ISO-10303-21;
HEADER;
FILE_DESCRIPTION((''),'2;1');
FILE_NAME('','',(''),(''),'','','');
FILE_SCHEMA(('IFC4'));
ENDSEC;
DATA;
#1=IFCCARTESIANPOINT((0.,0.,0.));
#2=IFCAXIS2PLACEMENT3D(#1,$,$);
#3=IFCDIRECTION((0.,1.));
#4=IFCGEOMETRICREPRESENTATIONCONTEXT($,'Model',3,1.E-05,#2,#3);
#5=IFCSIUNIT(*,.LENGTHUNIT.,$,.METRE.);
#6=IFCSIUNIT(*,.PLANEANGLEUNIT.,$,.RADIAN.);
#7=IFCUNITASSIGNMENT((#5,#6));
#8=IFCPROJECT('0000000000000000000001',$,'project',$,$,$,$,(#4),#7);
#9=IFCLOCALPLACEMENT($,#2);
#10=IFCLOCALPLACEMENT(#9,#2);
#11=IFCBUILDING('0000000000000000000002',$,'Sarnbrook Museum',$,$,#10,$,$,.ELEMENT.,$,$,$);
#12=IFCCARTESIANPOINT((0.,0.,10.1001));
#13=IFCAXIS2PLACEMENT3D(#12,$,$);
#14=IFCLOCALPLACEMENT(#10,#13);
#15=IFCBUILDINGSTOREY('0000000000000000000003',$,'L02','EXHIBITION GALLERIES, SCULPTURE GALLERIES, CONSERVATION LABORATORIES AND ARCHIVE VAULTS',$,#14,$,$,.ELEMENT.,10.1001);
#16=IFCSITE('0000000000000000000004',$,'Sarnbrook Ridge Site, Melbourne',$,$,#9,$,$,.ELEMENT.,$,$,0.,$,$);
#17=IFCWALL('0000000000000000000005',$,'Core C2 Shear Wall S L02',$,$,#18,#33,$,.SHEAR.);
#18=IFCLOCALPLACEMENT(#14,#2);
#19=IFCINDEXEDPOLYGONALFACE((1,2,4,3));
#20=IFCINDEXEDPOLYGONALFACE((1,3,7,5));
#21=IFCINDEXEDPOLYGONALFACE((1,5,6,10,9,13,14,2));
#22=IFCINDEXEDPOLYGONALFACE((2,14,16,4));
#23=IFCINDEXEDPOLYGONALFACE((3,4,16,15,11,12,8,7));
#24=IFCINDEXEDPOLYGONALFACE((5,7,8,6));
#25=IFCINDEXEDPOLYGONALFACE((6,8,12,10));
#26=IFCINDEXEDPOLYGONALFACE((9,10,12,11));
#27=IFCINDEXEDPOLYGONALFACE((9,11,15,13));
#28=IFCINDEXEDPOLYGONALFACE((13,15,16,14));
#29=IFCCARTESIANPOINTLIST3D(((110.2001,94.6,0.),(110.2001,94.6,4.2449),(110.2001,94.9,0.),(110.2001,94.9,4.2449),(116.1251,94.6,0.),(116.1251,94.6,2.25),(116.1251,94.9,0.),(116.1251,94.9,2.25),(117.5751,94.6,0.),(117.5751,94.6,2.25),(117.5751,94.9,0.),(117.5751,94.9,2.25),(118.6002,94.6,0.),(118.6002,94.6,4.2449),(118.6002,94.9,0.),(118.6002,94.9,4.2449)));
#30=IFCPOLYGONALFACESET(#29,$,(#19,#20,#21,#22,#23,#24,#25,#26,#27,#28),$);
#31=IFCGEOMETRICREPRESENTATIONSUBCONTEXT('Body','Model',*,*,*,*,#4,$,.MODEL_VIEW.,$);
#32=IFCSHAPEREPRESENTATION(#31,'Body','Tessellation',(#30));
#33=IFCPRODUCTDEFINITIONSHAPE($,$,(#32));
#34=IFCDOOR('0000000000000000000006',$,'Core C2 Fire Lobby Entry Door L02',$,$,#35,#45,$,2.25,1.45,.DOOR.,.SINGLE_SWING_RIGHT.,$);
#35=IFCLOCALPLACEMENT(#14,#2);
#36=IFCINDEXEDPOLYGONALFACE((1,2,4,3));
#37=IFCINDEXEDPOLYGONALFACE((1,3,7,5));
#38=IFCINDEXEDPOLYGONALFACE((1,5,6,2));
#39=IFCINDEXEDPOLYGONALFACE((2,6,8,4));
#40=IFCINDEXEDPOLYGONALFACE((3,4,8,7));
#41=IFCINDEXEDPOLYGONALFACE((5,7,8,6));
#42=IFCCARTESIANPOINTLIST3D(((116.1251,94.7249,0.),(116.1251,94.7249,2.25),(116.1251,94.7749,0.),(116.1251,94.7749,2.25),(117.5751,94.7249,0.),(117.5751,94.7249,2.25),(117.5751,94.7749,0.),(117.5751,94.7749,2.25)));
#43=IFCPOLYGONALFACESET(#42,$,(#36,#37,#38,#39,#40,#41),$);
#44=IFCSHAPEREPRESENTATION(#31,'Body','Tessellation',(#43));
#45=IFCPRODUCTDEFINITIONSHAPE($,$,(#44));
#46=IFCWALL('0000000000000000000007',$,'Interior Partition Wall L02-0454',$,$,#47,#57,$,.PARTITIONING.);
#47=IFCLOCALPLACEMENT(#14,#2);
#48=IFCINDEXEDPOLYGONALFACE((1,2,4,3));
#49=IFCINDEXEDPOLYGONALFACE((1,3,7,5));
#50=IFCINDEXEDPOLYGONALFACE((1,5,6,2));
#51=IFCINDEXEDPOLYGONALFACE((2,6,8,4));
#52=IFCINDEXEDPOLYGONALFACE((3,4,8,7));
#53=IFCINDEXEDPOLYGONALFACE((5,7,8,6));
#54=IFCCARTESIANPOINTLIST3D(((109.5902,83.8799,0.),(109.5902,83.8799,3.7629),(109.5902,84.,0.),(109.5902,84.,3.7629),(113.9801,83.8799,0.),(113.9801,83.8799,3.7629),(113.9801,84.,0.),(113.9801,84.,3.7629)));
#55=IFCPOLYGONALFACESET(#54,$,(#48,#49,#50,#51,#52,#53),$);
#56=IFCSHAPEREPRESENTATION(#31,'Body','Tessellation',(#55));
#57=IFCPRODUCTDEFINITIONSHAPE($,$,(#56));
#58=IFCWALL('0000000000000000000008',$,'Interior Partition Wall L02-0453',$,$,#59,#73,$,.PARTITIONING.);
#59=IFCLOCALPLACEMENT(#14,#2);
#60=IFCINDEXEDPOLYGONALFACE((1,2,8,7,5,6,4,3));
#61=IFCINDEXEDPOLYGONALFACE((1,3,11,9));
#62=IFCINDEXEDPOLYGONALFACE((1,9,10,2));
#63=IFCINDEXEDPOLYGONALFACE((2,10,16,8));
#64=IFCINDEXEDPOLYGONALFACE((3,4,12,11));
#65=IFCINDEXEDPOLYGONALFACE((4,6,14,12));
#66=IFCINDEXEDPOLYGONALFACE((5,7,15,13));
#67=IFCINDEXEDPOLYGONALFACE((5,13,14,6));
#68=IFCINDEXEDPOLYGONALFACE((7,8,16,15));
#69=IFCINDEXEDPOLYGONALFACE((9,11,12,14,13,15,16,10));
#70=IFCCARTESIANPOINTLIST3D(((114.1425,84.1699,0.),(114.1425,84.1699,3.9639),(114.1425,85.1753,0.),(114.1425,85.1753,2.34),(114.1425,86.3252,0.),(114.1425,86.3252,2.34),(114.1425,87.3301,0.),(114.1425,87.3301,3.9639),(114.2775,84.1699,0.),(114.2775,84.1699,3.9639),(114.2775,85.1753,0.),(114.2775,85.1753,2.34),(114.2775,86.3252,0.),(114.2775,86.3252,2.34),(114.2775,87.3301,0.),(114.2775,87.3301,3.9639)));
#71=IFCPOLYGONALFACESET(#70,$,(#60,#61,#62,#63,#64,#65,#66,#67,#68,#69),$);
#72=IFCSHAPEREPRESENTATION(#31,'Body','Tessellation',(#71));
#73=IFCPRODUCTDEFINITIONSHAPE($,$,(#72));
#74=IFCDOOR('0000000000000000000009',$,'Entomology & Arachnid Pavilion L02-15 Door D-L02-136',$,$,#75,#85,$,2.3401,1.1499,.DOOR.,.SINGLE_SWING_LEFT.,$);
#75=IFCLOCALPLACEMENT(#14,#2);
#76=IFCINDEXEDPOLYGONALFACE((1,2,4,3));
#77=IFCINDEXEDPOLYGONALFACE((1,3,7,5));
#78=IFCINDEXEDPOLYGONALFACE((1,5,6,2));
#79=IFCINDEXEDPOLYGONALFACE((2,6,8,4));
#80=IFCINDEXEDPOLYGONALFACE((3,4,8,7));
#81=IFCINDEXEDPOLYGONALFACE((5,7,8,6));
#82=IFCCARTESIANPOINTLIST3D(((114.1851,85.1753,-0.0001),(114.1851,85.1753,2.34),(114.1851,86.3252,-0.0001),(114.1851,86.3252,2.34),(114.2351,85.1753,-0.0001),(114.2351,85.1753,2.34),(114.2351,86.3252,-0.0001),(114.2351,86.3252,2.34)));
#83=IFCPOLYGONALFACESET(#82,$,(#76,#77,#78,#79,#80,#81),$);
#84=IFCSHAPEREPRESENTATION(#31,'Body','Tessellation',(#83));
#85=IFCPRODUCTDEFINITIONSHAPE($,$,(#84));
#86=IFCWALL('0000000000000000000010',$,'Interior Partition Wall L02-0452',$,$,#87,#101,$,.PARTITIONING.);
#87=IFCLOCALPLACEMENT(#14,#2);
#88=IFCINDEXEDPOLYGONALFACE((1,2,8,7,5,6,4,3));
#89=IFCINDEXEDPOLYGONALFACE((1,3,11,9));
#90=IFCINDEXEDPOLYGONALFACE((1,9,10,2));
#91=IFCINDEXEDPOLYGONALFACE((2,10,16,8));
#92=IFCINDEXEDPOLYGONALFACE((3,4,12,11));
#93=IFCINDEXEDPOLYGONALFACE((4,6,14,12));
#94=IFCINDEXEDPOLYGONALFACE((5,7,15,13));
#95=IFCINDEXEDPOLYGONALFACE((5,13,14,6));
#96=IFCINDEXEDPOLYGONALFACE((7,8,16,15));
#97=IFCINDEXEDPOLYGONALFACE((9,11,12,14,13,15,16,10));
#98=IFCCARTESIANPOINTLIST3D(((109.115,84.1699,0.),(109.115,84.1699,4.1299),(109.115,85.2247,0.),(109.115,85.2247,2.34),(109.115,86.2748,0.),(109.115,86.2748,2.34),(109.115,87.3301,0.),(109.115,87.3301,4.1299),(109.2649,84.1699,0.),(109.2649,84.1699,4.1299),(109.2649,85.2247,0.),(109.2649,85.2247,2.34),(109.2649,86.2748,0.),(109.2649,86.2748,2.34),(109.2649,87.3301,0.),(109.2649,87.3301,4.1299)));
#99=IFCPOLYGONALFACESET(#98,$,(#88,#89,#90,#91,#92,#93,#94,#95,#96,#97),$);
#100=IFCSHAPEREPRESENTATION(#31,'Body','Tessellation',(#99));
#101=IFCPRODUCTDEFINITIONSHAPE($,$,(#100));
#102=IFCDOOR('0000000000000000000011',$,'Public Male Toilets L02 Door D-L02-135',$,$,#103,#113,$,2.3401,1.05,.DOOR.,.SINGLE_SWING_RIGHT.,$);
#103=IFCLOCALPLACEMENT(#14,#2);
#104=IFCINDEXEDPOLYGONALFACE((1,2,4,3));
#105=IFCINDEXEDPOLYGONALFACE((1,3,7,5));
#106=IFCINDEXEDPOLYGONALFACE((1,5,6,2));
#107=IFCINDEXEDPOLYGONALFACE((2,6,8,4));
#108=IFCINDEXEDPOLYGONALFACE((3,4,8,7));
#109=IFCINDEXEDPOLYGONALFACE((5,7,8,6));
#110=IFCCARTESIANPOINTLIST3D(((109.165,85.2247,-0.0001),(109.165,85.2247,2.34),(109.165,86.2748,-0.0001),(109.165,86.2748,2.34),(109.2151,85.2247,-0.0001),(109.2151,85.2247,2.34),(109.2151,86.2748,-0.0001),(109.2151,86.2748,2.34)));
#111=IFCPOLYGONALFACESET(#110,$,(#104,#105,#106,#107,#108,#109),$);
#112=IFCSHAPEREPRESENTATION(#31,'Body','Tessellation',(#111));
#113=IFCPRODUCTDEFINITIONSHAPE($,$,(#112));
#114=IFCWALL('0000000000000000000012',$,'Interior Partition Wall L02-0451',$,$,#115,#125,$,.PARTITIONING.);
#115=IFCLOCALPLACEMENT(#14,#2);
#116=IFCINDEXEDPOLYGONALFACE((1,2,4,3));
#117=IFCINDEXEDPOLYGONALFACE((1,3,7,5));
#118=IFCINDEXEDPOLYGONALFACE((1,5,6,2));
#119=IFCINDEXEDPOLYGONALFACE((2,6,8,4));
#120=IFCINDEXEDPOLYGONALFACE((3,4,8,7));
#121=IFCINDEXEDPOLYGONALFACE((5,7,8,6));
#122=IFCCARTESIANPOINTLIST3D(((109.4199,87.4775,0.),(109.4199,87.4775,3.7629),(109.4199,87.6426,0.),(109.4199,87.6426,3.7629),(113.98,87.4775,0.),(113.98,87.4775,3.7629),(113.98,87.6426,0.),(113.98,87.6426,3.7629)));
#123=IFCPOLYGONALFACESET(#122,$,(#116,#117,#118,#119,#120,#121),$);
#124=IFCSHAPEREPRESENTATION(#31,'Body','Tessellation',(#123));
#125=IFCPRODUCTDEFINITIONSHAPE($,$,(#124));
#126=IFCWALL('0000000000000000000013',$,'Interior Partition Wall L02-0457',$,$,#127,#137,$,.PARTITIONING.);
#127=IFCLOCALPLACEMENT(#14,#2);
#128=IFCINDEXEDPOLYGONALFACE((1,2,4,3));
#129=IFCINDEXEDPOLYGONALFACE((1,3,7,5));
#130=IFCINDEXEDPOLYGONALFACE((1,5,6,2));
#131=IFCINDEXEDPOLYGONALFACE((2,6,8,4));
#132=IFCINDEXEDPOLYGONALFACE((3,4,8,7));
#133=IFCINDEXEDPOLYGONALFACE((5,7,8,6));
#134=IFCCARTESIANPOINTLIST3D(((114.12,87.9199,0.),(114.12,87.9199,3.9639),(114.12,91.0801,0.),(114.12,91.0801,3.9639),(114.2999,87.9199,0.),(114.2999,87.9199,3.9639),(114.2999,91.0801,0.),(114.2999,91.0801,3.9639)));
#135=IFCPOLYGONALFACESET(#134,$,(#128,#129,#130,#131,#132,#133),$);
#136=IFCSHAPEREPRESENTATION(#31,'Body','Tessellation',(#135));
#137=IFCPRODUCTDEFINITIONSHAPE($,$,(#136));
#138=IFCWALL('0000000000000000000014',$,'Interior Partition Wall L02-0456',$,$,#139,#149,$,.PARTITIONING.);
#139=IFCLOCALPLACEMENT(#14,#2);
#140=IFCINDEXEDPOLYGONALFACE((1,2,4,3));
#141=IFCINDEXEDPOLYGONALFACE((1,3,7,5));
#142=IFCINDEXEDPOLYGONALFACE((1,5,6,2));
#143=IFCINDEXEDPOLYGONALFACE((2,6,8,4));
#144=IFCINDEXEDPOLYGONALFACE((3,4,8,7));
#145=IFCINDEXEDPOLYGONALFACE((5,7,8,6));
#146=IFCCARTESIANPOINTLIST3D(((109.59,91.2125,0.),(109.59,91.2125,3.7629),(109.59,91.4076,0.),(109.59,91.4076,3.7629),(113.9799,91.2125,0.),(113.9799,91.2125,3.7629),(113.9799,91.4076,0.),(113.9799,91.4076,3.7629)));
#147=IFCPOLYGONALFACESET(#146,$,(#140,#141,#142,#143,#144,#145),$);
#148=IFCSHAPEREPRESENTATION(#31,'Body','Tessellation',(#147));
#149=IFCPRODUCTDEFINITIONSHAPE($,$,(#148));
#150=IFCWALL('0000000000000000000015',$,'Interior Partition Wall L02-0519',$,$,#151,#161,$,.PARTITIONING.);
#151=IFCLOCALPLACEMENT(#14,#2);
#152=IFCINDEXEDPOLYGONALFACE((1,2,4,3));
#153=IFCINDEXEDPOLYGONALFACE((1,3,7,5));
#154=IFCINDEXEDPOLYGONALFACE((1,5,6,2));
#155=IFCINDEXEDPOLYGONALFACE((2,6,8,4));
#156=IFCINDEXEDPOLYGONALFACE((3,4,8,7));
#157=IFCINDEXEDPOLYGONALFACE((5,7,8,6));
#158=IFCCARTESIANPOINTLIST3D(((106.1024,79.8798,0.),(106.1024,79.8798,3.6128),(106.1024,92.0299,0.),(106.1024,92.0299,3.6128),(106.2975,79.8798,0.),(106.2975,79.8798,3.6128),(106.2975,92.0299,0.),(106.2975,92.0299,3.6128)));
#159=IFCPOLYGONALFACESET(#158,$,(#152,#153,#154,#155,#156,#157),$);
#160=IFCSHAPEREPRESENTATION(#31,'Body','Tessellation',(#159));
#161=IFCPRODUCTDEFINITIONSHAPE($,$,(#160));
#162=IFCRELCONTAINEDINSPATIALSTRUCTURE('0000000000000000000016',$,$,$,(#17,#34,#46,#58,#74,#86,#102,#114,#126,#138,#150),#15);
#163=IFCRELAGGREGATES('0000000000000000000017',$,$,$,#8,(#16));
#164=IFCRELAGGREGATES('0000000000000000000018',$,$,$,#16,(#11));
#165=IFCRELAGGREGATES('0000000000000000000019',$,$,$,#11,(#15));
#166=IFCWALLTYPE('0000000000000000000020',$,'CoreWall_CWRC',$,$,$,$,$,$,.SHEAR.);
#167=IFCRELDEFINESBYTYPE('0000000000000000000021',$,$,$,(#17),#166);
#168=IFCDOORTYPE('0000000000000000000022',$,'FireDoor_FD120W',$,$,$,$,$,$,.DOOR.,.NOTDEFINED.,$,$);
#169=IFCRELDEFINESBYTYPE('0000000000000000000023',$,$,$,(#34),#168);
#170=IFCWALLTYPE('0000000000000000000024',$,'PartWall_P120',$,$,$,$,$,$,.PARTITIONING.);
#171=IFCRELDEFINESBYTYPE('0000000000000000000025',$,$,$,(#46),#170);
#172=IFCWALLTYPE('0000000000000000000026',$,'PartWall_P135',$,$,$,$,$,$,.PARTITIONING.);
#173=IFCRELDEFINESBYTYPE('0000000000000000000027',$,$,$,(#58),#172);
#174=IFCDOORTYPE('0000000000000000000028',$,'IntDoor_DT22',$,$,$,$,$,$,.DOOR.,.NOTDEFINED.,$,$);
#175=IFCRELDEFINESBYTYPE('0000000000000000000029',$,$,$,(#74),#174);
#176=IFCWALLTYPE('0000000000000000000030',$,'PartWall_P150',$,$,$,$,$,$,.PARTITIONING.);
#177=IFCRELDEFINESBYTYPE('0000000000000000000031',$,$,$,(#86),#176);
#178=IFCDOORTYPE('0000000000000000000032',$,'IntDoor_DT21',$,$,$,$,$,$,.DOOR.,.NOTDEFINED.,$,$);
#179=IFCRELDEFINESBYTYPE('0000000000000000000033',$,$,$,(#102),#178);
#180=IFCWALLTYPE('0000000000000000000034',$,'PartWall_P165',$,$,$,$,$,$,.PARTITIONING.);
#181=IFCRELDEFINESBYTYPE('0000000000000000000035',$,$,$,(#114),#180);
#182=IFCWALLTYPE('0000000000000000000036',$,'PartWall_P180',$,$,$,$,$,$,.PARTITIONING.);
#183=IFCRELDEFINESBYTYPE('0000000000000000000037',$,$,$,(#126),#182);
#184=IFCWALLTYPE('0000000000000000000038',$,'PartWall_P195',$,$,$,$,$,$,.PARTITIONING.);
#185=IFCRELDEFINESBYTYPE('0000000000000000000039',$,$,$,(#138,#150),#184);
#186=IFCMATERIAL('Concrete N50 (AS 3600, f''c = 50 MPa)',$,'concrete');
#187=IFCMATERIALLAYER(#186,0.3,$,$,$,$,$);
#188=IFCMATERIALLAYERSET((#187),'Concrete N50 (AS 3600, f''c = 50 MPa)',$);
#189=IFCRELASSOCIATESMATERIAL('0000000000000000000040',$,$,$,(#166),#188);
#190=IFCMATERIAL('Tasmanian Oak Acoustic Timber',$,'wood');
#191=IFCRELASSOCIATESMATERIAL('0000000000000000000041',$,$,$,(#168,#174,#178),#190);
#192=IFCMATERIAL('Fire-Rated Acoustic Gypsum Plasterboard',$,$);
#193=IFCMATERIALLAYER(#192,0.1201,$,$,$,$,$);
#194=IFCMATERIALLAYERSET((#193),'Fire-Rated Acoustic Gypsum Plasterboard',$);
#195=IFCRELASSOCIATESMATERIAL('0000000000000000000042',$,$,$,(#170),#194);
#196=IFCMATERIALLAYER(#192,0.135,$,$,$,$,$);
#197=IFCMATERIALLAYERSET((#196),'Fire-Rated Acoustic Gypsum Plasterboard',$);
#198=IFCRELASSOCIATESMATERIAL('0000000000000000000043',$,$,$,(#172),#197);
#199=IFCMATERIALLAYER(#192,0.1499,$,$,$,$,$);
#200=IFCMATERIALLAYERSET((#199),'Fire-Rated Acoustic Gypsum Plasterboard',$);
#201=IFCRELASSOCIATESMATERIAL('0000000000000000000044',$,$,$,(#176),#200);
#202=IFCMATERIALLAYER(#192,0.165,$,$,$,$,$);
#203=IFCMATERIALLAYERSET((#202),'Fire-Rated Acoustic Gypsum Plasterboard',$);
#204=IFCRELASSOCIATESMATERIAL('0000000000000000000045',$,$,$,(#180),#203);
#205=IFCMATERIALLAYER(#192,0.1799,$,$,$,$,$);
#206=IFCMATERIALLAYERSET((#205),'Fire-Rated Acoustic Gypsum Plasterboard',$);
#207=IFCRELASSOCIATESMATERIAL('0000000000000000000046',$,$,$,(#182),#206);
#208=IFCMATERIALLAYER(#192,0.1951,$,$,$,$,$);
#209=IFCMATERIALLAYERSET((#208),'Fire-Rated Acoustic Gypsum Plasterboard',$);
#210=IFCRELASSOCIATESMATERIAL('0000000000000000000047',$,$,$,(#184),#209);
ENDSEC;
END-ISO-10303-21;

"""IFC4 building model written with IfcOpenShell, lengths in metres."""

from ifc_helpers import new_model, si_unit, direction, frame, frame_2d, origin, place, context, subcontext, project, spatial, rectangle, extrude, material, layer, layer_set, type_object, element, fill, save


model = new_model("IFC4")

# Units and contexts
model_context = context("Model", 3, precision=1e-05, world=origin(), true_north=direction((0.0, 1.0)))
body_context = subcontext(model_context, "Body", "Model", "MODEL_VIEW")
ifc_project = project(units=[si_unit("LENGTHUNIT", "METRE"), si_unit("PLANEANGLEUNIT", "RADIAN")], contexts=[model_context])

# Site, building, storey
site_placement = place(None, origin())
site = spatial("IfcSite", under=ifc_project, at=site_placement, Name="Sarnbrook Ridge Site, Melbourne", CompositionType="ELEMENT", RefElevation=0.0)
building_placement = place(site_placement, origin())
building = spatial("IfcBuilding", under=site, at=building_placement, Name="Sarnbrook Museum", CompositionType="ELEMENT")
storey_placement = place(building_placement, frame((0.0, 0.0, 10.1001)))
storey = spatial("IfcBuildingStorey", under=building, at=storey_placement, Name="L02", Description="EXHIBITION GALLERIES, SCULPTURE GALLERIES, CONSERVATION LABORATORIES AND ARCHIVE VAULTS", CompositionType="ELEMENT", Elevation=10.1001)

# Wall, opening, door
ifc_material_1 = material(Name="Concrete N50 (AS 3600, f'c = 50 MPa)", Category="concrete")
ifc_layer_1 = layer(ifc_material_1, 0.3)
ifc_layer_set_1 = layer_set([ifc_layer_1], Name="Concrete N50 (AS 3600, f'c = 50 MPa)")
wall_type_1 = type_object("IfcWallType", Name="CoreWall_CWRC", PredefinedType="SHEAR", material=ifc_layer_set_1)
wall_1_placement = place(storey_placement, frame((110.2, 94.75, 0.0), z_axis=(0.0, 0.0, 1.0), x_axis=(1.0, 0.0, 0.0)))
wall_1 = element("IfcWall", 1, at=wall_1_placement, inside=storey, type_object=wall_type_1, Name="Core C2 Shear Wall S L02", PredefinedType="SHEAR", context=body_context, shape_type="SweptSolid", body=[
    extrude(rectangle(XDim=8.4001, YDim=0.3, at=frame_2d((4.2002, 0.0))), origin(), (0.0, 0.0, 1.0), 4.2449),
])
opening_1_placement = place(wall_1_placement, frame((5.925, 0.0, 0.0)))
opening_1 = element("IfcOpeningElement", 2, at=opening_1_placement, cuts=wall_1, PredefinedType="OPENING", context=body_context, shape_type="SweptSolid", body=[
    extrude(rectangle(XDim=1.45, YDim=2.25, at=frame_2d((0.7251, 1.125))), frame((0.0, 0.1602, 0.0), z_axis=(0.0, -1.0, 0.0), x_axis=(1.0, 0.0, 0.0)), (0.0, 0.0, 1.0), 0.3201),
])
ifc_material_2 = material(Name="Tasmanian Oak Acoustic Timber", Category="wood")
door_type_1 = type_object("IfcDoorType", Name="FireDoor_FD120W", OperationType="NOTDEFINED", PredefinedType="DOOR", material=ifc_material_2)
door_1_placement = place(opening_1_placement, origin())
door_1 = element("IfcDoor", 3, at=door_1_placement, inside=storey, type_object=door_type_1, Name="Core C2 Fire Lobby Entry Door L02", OperationType="SINGLE_SWING_RIGHT", OverallHeight=2.25, OverallWidth=1.45, PredefinedType="DOOR", context=body_context, shape_type="SweptSolid", body=[
    extrude(rectangle(XDim=1.45, YDim=2.25, at=frame_2d((0.7251, 1.125))), frame((0.0, 0.0249, 0.0), z_axis=(0.0, -1.0, 0.0), x_axis=(1.0, 0.0, 0.0)), (0.0, 0.0, 1.0), 0.05),
])
fill(opening_1, door_1)

# Wall
ifc_material_3 = material(Name="Fire-Rated Acoustic Gypsum Plasterboard")
ifc_layer_2 = layer(ifc_material_3, 0.1201)
ifc_layer_set_2 = layer_set([ifc_layer_2], Name="Fire-Rated Acoustic Gypsum Plasterboard")
wall_type_2 = type_object("IfcWallType", Name="PartWall_P120", PredefinedType="PARTITIONING", material=ifc_layer_set_2)
wall_2_placement = place(storey_placement, frame((113.98, 83.9399, 0.0), z_axis=(0.0, 0.0, 1.0), x_axis=(-1.0, 0.0, 0.0)))
element("IfcWall", 4, at=wall_2_placement, inside=storey, type_object=wall_type_2, Name="Interior Partition Wall L02-0454", PredefinedType="PARTITIONING", context=body_context, shape_type="SweptSolid", body=[
    extrude(rectangle(XDim=4.3899, YDim=0.1201, at=frame_2d((2.1948, 0.0))), origin(), (0.0, 0.0, 1.0), 3.7629),
])

# Walls, openings, doors
ifc_layer_3 = layer(ifc_material_3, 0.135)
ifc_layer_set_3 = layer_set([ifc_layer_3], Name="Fire-Rated Acoustic Gypsum Plasterboard")
wall_type_3 = type_object("IfcWallType", Name="PartWall_P135", PredefinedType="PARTITIONING", material=ifc_layer_set_3)
wall_3_placement = place(storey_placement, frame((114.21, 87.3301, 0.0), z_axis=(0.0, 0.0, 1.0), x_axis=(0.0, -1.0, 0.0)))
wall_3 = element("IfcWall", 5, at=wall_3_placement, inside=storey, type_object=wall_type_3, Name="Interior Partition Wall L02-0453", PredefinedType="PARTITIONING", context=body_context, shape_type="SweptSolid", body=[
    extrude(rectangle(XDim=3.1602, YDim=0.135, at=frame_2d((1.5801, 0.0))), origin(), (0.0, 0.0, 1.0), 3.9639),
])
opening_2_placement = place(wall_3_placement, frame((1.0049, 0.0, 0.0)))
opening_2 = element("IfcOpeningElement", 6, at=opening_2_placement, cuts=wall_3, PredefinedType="OPENING", context=body_context, shape_type="SweptSolid", body=[
    extrude(rectangle(XDim=1.1499, YDim=2.3401, at=frame_2d((0.575, 1.1699))), frame((0.0, 0.0776, 0.0), z_axis=(0.0, -1.0, 0.0), x_axis=(1.0, 0.0, 0.0)), (0.0, 0.0, 1.0), 0.155),
])
door_type_2 = type_object("IfcDoorType", Name="IntDoor_DT22", OperationType="NOTDEFINED", PredefinedType="DOOR", material=ifc_material_2)
door_2_placement = place(opening_2_placement, frame((1.1499, 0.0, 0.0), z_axis=(0.0, 0.0, 1.0), x_axis=(-1.0, 0.0, 0.0)))
door_2 = element("IfcDoor", 7, at=door_2_placement, inside=storey, type_object=door_type_2, Name="Entomology & Arachnid Pavilion L02-15 Door D-L02-136", OperationType="SINGLE_SWING_LEFT", OverallHeight=2.3401, OverallWidth=1.1499, PredefinedType="DOOR", context=body_context, shape_type="SweptSolid", body=[
    extrude(rectangle(XDim=1.1499, YDim=2.3401, at=frame_2d((0.575, 1.1699))), frame((0.0, 0.0249, 0.0), z_axis=(0.0, -1.0, 0.0), x_axis=(1.0, 0.0, 0.0)), (0.0, 0.0, 1.0), 0.05),
])
fill(opening_2, door_2)
ifc_layer_4 = layer(ifc_material_3, 0.1499)
ifc_layer_set_4 = layer_set([ifc_layer_4], Name="Fire-Rated Acoustic Gypsum Plasterboard")
wall_type_4 = type_object("IfcWallType", Name="PartWall_P150", PredefinedType="PARTITIONING", material=ifc_layer_set_4)
wall_4_placement = place(storey_placement, frame((109.1899, 84.1699, 0.0), z_axis=(0.0, 0.0, 1.0), x_axis=(0.0, 1.0, 0.0)))
wall_4 = element("IfcWall", 8, at=wall_4_placement, inside=storey, type_object=wall_type_4, Name="Interior Partition Wall L02-0452", PredefinedType="PARTITIONING", context=body_context, shape_type="SweptSolid", body=[
    extrude(rectangle(XDim=3.1602, YDim=0.1499, at=frame_2d((1.5801, 0.0))), origin(), (0.0, 0.0, 1.0), 4.1299),
])
opening_3_placement = place(wall_4_placement, frame((1.0549, 0.0, 0.0)))
opening_3 = element("IfcOpeningElement", 9, at=opening_3_placement, cuts=wall_4, PredefinedType="OPENING", context=body_context, shape_type="SweptSolid", body=[
    extrude(rectangle(XDim=1.05, YDim=2.3401, at=frame_2d((0.5249, 1.1699))), frame((0.0, 0.085, 0.0), z_axis=(0.0, -1.0, 0.0), x_axis=(1.0, 0.0, 0.0)), (0.0, 0.0, 1.0), 0.1699),
])
door_type_3 = type_object("IfcDoorType", Name="IntDoor_DT21", OperationType="NOTDEFINED", PredefinedType="DOOR", material=ifc_material_2)
door_3_placement = place(opening_3_placement, origin())
door_3 = element("IfcDoor", 10, at=door_3_placement, inside=storey, type_object=door_type_3, Name="Public Male Toilets L02 Door D-L02-135", OperationType="SINGLE_SWING_RIGHT", OverallHeight=2.3401, OverallWidth=1.05, PredefinedType="DOOR", context=body_context, shape_type="SweptSolid", body=[
    extrude(rectangle(XDim=1.05, YDim=2.3401, at=frame_2d((0.5249, 1.1699))), frame((0.0, 0.0249, 0.0), z_axis=(0.0, -1.0, 0.0), x_axis=(1.0, 0.0, 0.0)), (0.0, 0.0, 1.0), 0.05),
])
fill(opening_3, door_3)

# Walls
ifc_layer_5 = layer(ifc_material_3, 0.165)
ifc_layer_set_5 = layer_set([ifc_layer_5], Name="Fire-Rated Acoustic Gypsum Plasterboard")
wall_type_5 = type_object("IfcWallType", Name="PartWall_P165", PredefinedType="PARTITIONING", material=ifc_layer_set_5)
wall_5_placement = place(storey_placement, frame((109.4199, 87.5601, 0.0), z_axis=(0.0, 0.0, 1.0), x_axis=(1.0, 0.0, 0.0)))
element("IfcWall", 11, at=wall_5_placement, inside=storey, type_object=wall_type_5, Name="Interior Partition Wall L02-0451", PredefinedType="PARTITIONING", context=body_context, shape_type="SweptSolid", body=[
    extrude(rectangle(XDim=4.5601, YDim=0.165, at=frame_2d((2.28, 0.0))), origin(), (0.0, 0.0, 1.0), 3.7629),
])
ifc_layer_6 = layer(ifc_material_3, 0.1799)
ifc_layer_set_6 = layer_set([ifc_layer_6], Name="Fire-Rated Acoustic Gypsum Plasterboard")
wall_type_6 = type_object("IfcWallType", Name="PartWall_P180", PredefinedType="PARTITIONING", material=ifc_layer_set_6)
wall_6_placement = place(storey_placement, frame((114.21, 91.0801, 0.0), z_axis=(0.0, 0.0, 1.0), x_axis=(0.0, -1.0, 0.0)))
element("IfcWall", 12, at=wall_6_placement, inside=storey, type_object=wall_type_6, Name="Interior Partition Wall L02-0457", PredefinedType="PARTITIONING", context=body_context, shape_type="SweptSolid", body=[
    extrude(rectangle(XDim=3.1602, YDim=0.1799, at=frame_2d((1.5801, 0.0))), origin(), (0.0, 0.0, 1.0), 3.9639),
])
ifc_layer_7 = layer(ifc_material_3, 0.1951)
ifc_layer_set_7 = layer_set([ifc_layer_7], Name="Fire-Rated Acoustic Gypsum Plasterboard")
wall_type_7 = type_object("IfcWallType", Name="PartWall_P195", PredefinedType="PARTITIONING", material=ifc_layer_set_7)
wall_7_placement = place(storey_placement, frame((109.5901, 91.3101, 0.0), z_axis=(0.0, 0.0, 1.0), x_axis=(1.0, 0.0, 0.0)))
element("IfcWall", 13, at=wall_7_placement, inside=storey, type_object=wall_type_7, Name="Interior Partition Wall L02-0456", PredefinedType="PARTITIONING", context=body_context, shape_type="SweptSolid", body=[
    extrude(rectangle(XDim=4.3899, YDim=0.1951, at=frame_2d((2.1948, 0.0))), origin(), (0.0, 0.0, 1.0), 3.7629),
])
wall_8_placement = place(storey_placement, frame((106.2, 92.03, 0.0), z_axis=(0.0, 0.0, 1.0), x_axis=(0.0, -1.0, 0.0)))
element("IfcWall", 14, at=wall_8_placement, inside=storey, type_object=wall_type_7, Name="Interior Partition Wall L02-0519", PredefinedType="PARTITIONING", context=body_context, shape_type="SweptSolid", body=[
    extrude(rectangle(XDim=12.1501, YDim=0.1951, at=frame_2d((6.0752, 0.0))), origin(), (0.0, 0.0, 1.0), 3.6128),
])

save(model, "model.ifc")
